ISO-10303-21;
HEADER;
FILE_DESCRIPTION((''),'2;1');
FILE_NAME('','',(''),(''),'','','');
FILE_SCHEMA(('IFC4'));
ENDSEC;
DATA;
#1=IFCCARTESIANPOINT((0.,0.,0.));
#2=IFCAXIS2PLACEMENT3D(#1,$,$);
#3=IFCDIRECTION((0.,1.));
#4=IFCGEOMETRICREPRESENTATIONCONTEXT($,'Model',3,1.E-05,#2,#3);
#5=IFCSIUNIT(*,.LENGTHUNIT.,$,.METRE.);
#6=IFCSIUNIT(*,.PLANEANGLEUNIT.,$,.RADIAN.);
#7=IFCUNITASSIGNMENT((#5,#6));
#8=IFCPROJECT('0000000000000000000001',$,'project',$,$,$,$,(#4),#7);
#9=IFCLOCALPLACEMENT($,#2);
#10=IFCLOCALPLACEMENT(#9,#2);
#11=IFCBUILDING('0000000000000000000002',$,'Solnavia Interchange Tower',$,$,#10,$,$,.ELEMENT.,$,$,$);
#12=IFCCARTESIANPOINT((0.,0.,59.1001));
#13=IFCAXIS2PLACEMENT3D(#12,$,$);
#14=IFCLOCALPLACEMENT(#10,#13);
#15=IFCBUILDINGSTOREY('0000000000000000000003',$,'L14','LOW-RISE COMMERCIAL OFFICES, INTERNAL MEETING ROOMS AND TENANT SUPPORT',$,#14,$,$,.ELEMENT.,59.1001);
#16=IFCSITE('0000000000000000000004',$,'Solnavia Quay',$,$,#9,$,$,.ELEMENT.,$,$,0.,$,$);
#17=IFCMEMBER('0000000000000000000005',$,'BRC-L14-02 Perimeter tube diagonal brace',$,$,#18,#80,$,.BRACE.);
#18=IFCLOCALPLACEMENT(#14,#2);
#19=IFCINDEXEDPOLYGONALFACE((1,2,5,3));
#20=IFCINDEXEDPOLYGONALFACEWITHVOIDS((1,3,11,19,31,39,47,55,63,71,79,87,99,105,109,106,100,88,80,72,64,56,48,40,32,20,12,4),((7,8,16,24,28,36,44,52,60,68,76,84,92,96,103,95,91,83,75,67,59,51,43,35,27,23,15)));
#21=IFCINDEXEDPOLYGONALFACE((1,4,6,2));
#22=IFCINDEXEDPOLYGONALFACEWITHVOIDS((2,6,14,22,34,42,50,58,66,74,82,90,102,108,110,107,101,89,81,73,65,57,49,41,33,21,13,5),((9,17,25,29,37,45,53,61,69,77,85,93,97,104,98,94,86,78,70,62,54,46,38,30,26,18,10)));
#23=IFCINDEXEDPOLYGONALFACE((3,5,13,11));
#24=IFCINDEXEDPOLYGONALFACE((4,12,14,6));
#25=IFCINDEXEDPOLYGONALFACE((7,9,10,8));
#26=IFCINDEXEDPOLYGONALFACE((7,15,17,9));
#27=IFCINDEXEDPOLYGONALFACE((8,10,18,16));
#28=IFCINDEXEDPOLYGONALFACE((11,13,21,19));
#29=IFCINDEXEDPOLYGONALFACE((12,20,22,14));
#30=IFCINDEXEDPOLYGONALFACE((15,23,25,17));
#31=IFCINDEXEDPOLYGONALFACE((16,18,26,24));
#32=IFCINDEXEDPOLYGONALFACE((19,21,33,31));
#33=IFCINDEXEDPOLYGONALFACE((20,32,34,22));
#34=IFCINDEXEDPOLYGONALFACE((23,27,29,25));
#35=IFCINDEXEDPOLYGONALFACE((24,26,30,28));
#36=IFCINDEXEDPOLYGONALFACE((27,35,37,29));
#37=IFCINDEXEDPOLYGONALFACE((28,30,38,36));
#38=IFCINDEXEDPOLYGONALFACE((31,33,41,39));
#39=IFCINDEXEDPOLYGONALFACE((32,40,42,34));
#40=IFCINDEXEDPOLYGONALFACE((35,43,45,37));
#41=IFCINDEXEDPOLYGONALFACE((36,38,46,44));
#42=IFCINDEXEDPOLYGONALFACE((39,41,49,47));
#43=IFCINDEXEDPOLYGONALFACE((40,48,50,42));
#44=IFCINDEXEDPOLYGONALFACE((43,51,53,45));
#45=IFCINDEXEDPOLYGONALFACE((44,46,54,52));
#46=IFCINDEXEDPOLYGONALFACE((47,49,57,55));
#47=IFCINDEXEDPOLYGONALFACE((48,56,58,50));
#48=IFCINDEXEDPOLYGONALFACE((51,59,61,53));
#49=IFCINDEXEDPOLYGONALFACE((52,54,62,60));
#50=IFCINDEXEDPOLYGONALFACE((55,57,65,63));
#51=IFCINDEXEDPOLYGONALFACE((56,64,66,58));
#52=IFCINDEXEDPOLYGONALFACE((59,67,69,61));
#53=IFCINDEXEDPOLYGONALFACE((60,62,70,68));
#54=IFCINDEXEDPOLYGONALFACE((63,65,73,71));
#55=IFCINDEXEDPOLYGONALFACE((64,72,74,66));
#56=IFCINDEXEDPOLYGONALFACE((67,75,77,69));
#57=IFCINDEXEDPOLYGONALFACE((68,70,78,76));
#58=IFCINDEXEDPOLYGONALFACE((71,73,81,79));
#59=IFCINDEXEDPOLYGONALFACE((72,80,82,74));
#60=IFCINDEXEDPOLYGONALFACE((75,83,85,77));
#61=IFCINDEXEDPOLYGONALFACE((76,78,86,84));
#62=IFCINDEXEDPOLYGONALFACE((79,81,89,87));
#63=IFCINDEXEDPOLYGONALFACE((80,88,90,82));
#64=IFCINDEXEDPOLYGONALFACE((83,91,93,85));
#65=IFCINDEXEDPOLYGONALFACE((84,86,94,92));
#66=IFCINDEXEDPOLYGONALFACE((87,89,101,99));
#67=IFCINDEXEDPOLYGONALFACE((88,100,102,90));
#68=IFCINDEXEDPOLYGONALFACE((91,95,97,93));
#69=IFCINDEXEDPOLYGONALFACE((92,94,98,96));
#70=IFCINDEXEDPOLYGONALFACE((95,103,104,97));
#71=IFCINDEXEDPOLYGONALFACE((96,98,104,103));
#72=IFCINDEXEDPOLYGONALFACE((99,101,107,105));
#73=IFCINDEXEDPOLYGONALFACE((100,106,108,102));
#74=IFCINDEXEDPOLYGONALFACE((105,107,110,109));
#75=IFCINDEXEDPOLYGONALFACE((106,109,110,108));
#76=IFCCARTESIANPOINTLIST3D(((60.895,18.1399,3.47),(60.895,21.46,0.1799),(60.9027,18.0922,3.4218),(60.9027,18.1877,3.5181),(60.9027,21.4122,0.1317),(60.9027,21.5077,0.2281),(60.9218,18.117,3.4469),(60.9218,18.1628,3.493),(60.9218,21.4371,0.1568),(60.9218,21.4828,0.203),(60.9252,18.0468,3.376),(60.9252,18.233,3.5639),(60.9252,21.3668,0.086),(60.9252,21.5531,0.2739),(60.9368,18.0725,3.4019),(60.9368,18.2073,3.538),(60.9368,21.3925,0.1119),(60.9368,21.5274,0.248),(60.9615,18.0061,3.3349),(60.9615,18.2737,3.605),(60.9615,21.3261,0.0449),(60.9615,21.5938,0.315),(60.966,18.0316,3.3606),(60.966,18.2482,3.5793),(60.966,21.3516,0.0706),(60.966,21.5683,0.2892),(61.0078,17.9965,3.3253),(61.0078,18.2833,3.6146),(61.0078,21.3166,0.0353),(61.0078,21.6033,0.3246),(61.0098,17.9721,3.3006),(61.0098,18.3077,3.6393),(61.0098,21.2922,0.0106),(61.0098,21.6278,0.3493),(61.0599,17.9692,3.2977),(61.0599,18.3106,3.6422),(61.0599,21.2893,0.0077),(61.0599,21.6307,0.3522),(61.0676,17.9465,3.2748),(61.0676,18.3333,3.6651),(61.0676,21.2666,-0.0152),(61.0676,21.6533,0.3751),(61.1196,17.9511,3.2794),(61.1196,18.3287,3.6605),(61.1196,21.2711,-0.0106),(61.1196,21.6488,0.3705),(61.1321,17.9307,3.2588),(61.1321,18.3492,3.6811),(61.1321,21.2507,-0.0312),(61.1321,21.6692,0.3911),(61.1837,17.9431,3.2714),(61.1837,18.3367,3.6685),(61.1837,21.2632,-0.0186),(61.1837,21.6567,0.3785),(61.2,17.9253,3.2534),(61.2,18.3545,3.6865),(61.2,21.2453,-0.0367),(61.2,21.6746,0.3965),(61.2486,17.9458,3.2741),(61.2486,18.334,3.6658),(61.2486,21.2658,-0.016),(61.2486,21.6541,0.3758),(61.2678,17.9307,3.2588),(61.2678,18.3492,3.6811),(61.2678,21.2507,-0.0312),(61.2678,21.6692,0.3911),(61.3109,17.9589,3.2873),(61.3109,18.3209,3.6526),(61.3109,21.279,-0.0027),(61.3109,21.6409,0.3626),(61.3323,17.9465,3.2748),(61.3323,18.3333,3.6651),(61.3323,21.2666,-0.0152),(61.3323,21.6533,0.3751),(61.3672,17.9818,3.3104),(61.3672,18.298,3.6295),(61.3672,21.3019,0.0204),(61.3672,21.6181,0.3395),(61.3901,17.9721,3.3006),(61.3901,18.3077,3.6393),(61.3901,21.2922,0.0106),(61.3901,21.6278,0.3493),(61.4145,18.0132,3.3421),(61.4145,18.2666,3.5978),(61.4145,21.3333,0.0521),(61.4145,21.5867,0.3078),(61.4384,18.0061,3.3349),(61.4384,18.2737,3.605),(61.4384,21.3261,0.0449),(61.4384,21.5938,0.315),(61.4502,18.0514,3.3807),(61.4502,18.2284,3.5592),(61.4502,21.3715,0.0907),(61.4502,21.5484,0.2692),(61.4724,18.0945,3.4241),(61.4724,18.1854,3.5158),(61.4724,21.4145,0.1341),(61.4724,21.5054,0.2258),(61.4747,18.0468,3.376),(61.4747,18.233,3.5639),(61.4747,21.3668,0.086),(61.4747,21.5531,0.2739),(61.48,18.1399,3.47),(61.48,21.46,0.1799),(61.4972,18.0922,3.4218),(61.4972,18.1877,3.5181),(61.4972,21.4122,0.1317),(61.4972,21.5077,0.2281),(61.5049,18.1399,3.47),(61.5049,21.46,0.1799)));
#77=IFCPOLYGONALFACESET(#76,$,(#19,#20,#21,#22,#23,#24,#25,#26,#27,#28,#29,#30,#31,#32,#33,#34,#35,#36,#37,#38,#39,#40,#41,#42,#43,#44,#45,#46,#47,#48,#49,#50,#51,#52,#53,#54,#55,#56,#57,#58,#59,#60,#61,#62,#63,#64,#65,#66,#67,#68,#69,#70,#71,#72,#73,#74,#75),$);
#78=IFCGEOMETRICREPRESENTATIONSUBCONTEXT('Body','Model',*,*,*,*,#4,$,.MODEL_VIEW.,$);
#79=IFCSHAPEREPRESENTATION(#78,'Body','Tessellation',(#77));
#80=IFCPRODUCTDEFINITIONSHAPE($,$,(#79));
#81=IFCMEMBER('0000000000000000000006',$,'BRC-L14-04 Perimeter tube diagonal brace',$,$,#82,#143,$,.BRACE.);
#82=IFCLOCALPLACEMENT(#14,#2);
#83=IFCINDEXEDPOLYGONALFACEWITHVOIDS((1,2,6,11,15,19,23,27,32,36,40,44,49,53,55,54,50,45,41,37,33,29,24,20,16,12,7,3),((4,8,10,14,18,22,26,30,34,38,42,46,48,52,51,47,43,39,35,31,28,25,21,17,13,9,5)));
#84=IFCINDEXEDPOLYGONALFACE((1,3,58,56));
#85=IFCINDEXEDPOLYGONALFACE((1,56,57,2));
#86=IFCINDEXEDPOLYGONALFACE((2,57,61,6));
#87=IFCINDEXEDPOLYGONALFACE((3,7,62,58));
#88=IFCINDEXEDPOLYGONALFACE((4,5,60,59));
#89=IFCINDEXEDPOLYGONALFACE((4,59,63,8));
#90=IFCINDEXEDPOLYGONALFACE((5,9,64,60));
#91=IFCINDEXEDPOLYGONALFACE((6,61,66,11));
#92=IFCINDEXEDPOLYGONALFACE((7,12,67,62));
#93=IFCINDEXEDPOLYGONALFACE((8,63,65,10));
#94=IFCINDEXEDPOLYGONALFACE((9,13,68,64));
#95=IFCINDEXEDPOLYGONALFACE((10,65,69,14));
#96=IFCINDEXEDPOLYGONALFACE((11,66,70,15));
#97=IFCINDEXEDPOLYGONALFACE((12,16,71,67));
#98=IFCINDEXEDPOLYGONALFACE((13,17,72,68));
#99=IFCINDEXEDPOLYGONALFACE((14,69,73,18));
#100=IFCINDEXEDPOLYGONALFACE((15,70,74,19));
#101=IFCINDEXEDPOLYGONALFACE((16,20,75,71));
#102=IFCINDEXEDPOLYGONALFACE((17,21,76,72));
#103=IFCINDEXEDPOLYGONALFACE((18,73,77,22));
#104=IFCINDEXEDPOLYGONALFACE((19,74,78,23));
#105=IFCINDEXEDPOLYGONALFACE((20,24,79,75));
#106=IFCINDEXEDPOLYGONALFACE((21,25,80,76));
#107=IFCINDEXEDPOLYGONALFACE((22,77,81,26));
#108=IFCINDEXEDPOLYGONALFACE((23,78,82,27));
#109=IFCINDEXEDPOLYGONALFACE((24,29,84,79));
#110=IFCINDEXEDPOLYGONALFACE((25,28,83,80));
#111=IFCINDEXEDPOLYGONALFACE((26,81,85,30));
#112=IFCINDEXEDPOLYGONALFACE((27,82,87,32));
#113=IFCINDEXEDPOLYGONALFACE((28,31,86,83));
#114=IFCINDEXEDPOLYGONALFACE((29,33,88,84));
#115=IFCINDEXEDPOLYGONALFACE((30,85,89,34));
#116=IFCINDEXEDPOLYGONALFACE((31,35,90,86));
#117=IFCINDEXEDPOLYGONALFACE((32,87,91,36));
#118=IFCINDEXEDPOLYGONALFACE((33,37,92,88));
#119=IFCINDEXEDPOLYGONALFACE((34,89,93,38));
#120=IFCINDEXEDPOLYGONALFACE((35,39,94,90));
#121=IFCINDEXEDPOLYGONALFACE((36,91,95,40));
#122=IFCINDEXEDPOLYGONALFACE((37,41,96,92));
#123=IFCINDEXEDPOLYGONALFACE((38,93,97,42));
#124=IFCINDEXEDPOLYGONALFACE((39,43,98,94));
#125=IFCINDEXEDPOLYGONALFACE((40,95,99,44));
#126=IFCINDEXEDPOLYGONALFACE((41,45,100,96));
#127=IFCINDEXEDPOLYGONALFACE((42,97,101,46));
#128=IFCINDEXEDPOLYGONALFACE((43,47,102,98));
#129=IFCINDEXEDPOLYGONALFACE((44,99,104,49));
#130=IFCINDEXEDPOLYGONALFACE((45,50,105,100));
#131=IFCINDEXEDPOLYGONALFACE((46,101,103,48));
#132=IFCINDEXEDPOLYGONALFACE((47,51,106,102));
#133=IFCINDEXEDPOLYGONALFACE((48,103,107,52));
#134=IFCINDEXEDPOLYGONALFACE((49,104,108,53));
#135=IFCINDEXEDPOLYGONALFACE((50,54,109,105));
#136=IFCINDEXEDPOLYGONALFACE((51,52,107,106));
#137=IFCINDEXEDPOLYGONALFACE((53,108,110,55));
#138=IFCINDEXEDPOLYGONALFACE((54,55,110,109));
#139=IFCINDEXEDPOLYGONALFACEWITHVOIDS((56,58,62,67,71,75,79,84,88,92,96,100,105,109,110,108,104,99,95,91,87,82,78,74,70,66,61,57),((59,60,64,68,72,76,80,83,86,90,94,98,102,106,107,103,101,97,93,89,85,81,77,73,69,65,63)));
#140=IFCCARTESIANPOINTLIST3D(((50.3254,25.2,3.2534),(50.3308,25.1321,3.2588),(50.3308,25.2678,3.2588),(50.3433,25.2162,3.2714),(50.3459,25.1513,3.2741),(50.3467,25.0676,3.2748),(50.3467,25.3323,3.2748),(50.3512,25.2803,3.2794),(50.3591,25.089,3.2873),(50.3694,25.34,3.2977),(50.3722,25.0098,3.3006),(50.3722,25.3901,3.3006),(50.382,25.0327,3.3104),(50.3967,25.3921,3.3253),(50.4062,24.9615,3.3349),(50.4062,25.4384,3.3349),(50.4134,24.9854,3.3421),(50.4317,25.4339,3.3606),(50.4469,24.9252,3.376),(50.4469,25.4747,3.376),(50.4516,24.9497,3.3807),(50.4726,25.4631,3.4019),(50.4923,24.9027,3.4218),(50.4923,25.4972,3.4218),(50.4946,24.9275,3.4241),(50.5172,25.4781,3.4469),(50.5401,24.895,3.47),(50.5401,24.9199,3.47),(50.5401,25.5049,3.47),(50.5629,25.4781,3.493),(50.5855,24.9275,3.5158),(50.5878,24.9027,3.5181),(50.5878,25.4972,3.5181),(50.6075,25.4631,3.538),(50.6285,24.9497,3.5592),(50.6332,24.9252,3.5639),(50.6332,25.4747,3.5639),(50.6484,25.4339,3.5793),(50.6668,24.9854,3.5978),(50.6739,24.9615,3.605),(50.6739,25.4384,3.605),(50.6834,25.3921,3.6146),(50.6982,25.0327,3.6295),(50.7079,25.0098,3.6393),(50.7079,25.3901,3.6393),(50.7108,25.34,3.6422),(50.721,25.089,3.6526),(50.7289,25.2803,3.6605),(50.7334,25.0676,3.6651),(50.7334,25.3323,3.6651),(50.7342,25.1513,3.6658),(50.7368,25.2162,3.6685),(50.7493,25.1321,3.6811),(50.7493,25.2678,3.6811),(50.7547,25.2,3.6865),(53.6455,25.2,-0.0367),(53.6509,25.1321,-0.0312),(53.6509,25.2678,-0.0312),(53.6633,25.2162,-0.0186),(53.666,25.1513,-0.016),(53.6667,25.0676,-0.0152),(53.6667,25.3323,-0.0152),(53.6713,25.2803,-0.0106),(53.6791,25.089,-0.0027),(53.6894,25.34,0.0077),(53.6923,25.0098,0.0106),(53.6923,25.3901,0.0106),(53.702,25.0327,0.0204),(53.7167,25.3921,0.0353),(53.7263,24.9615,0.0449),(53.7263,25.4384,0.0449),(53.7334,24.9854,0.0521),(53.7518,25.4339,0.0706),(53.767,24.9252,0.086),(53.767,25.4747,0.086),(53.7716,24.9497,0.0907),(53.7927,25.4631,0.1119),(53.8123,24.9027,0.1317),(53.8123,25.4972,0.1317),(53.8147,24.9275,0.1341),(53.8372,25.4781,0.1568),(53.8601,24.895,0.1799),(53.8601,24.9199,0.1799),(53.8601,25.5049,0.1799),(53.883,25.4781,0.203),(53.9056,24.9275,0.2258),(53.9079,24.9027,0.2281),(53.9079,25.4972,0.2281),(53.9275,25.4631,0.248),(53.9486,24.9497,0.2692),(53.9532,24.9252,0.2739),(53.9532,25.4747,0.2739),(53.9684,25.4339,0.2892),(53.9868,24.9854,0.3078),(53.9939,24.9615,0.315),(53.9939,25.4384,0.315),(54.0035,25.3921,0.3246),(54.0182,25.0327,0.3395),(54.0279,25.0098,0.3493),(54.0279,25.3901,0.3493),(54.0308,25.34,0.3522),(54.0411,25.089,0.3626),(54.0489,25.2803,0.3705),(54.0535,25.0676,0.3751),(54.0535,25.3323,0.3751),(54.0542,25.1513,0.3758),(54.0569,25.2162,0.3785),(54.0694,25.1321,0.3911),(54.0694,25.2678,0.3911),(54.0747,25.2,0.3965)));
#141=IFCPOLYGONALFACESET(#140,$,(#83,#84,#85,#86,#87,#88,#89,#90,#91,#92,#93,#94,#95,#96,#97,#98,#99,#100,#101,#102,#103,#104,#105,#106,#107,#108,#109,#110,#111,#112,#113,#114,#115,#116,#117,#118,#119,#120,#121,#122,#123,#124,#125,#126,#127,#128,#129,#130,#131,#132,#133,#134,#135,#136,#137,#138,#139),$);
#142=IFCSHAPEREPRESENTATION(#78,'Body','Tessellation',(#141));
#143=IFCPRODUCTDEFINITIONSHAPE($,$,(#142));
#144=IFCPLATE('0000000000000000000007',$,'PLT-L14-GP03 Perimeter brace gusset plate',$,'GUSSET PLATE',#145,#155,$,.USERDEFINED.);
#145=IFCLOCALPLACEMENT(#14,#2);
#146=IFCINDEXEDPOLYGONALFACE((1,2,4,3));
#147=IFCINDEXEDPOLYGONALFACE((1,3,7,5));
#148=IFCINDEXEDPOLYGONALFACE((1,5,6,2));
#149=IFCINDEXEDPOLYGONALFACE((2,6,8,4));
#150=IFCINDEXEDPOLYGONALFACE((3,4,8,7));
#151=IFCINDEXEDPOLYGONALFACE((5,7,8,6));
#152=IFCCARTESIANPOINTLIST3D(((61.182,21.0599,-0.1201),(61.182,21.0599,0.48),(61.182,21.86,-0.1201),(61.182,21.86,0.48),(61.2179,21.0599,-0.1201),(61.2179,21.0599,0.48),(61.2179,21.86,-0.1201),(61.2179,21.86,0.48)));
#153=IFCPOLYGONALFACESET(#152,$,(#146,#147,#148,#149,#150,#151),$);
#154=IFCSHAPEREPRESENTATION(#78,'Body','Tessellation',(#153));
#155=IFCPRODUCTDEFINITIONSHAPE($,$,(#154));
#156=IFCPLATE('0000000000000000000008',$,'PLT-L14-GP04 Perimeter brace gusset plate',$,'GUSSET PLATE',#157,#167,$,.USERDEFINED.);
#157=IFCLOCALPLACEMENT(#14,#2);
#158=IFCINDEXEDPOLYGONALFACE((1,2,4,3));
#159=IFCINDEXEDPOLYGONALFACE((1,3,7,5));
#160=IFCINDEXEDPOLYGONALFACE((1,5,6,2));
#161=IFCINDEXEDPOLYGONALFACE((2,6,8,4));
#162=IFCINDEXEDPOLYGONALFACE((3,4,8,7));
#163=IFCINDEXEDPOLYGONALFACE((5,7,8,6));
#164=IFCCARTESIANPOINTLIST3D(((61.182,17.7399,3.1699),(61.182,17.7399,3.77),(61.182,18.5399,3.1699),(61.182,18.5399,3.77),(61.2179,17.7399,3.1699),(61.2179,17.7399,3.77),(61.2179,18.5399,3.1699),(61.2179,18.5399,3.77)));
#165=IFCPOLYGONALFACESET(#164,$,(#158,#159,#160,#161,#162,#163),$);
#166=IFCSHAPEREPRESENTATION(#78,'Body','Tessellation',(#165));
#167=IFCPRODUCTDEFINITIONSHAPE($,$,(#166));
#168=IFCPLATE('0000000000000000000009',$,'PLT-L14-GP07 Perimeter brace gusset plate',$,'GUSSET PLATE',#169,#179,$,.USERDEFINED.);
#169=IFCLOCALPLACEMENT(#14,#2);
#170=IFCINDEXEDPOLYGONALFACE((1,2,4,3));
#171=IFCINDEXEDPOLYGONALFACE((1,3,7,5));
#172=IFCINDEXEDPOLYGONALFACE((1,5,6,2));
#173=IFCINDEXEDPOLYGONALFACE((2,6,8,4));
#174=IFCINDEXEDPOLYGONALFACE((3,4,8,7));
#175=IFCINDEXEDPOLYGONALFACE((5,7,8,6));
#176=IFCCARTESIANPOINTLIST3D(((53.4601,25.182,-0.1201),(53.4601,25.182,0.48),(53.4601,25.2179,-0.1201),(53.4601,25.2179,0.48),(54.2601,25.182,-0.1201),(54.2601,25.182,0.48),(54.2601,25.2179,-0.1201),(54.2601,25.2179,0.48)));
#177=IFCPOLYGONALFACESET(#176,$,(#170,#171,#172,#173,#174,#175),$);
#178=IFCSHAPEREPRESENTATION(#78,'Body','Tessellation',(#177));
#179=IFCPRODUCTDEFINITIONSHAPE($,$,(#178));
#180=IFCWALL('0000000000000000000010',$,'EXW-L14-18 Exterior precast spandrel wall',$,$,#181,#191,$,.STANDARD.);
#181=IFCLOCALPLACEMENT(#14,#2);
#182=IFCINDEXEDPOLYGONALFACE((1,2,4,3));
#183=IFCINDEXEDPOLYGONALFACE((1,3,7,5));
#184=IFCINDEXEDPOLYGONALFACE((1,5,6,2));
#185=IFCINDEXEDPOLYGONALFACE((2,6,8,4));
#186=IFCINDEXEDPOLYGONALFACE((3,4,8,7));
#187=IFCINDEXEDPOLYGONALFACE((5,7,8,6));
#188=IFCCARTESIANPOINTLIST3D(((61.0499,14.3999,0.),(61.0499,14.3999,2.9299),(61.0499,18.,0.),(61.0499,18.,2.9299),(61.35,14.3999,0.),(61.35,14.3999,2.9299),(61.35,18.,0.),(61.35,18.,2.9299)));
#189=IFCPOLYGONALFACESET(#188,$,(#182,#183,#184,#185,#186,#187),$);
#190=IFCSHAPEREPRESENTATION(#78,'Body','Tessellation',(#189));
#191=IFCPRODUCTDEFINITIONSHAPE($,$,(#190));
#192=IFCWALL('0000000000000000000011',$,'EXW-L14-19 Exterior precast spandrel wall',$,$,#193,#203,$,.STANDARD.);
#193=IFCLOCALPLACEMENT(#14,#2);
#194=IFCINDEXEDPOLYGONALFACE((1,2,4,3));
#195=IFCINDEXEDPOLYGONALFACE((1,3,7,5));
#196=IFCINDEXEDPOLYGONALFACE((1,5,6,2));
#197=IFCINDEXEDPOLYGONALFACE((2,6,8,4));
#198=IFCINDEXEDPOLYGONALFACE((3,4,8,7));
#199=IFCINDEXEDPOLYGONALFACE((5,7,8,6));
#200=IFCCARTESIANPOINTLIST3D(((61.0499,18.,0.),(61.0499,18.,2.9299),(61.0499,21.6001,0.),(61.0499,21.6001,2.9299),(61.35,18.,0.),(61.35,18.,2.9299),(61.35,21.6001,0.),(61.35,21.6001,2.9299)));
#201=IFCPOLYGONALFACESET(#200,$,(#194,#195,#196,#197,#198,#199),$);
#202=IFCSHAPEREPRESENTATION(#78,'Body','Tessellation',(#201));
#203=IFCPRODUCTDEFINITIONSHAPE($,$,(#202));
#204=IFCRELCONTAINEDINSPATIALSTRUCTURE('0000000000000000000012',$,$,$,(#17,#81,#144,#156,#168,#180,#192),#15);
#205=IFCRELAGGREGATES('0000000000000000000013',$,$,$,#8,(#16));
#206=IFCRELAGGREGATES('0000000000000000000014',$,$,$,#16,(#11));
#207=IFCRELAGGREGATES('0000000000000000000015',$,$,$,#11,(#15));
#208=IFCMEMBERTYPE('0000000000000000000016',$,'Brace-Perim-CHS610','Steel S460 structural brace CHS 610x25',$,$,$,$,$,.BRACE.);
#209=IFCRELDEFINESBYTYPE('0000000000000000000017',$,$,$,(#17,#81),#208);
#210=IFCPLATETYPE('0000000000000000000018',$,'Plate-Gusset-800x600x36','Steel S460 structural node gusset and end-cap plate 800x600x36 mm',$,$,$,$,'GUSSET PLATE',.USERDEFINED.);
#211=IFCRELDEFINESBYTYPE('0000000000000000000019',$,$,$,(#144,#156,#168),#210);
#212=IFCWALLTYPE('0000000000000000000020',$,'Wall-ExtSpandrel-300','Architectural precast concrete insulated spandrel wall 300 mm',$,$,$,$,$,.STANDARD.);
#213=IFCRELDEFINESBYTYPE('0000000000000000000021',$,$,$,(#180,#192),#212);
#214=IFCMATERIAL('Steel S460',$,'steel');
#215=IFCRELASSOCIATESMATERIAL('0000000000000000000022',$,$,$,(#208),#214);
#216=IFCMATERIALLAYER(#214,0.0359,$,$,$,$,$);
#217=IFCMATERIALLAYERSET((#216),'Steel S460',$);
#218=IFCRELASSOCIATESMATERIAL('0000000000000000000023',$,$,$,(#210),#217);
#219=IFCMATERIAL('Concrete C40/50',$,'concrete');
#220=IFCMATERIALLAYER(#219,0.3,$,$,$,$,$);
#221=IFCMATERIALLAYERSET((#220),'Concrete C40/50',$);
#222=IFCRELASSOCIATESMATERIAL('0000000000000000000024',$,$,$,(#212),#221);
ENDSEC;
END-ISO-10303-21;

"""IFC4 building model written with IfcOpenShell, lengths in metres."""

from ifc_helpers import new_model, si_unit, direction, frame, frame_2d, origin, origin_2d, place, context, subcontext, project, spatial, rectangle, hollow_circle, extrude, material, layer, layer_set, material_profile, profile_set, type_object, element, save


model = new_model("IFC4")

# Units and contexts
model_context = context("Model", 3, precision=1e-05, world=origin(), true_north=direction((0.0, 1.0)))
body_context = subcontext(model_context, "Body", "Model", "MODEL_VIEW")
ifc_project = project(units=[si_unit("LENGTHUNIT", "METRE"), si_unit("PLANEANGLEUNIT", "RADIAN")], contexts=[model_context])

# Site, building, storey
site_placement = place(None, origin())
site = spatial("IfcSite", under=ifc_project, at=site_placement, Name="Solnavia Quay", CompositionType="ELEMENT", RefElevation=0.0)
building_placement = place(site_placement, origin())
building = spatial("IfcBuilding", under=site, at=building_placement, Name="Solnavia Interchange Tower", CompositionType="ELEMENT")
storey_placement = place(building_placement, frame((0.0, 0.0, 59.1001)))
storey = spatial("IfcBuildingStorey", under=building, at=storey_placement, Name="L14", Description="LOW-RISE COMMERCIAL OFFICES, INTERNAL MEETING ROOMS AND TENANT SUPPORT", CompositionType="ELEMENT", Elevation=59.1001)

# Members
ifc_material_1 = material(Name="Steel S460", Category="steel")
ifc_material_profile_1 = material_profile(ifc_material_1, hollow_circle(Radius=0.3049, WallThickness=0.0249, at=origin_2d()), Name="CHS 610x25")
ifc_profile_set_1 = profile_set([ifc_material_profile_1], Name="Steel S460")
member_type = type_object("IfcMemberType", Name="Brace-Perim-CHS610", Description="Steel S460 structural brace CHS 610x25", PredefinedType="BRACE", material=ifc_profile_set_1)
for number, where, z_axis, x_axis, name in (
    (1, (61.2, 21.46, 0.1799), (0.0, -0.710312, 0.703887), (1.0, 0.0, 0.0), "BRC-L14-02 Perimeter tube diagonal brace"),
    (2, (53.8601, 25.2, 0.1799), (-0.710312, 0.0, 0.703887), (0.0, -1.0, 0.0), "BRC-L14-04 Perimeter tube diagonal brace"),
):
    element("IfcMember", number, at=place(storey_placement, frame(where, z_axis=z_axis, x_axis=x_axis)), inside=storey, type_object=member_type, Name=name, PredefinedType="BRACE", context=body_context, shape_type="SweptSolid", body=[
        extrude(hollow_circle(Radius=0.3049, WallThickness=0.0249, at=origin_2d()), origin(), (0.0, 0.0, 1.0), 4.6741),
    ])

# Plates
ifc_layer_1 = layer(ifc_material_1, 0.0359)
ifc_layer_set_1 = layer_set([ifc_layer_1], Name="Steel S460")
plate_type = type_object("IfcPlateType", Name="Plate-Gusset-800x600x36", Description="Steel S460 structural node gusset and end-cap plate 800x600x36 mm", ElementType="GUSSET PLATE", PredefinedType="USERDEFINED", material=ifc_layer_set_1)
for number, where, z_axis, x_axis, name in (
    (3, (61.2, 21.46, -0.1201), (0.0, 0.0, 1.0), (0.0, -1.0, 0.0), "PLT-L14-GP03 Perimeter brace gusset plate"),
    (4, (61.2, 18.1399, 3.1699), (0.0, 0.0, 1.0), (0.0, -1.0, 0.0), "PLT-L14-GP04 Perimeter brace gusset plate"),
    (5, (53.8601, 25.2, -0.1201), (0.0, 0.0, 1.0), (-1.0, 0.0, 0.0), "PLT-L14-GP07 Perimeter brace gusset plate"),
):
    element("IfcPlate", number, at=place(storey_placement, frame(where, z_axis=z_axis, x_axis=x_axis)), inside=storey, type_object=plate_type, Name=name, ObjectType="GUSSET PLATE", PredefinedType="USERDEFINED", context=body_context, shape_type="SweptSolid", body=[
        extrude(rectangle(XDim=0.8, YDim=0.0359, at=origin_2d()), origin(), (0.0, 0.0, 1.0), 0.6001),
    ])

# Walls
ifc_material_2 = material(Name="Concrete C40/50", Category="concrete")
ifc_layer_2 = layer(ifc_material_2, 0.3)
ifc_layer_set_2 = layer_set([ifc_layer_2], Name="Concrete C40/50")
wall_type_1 = type_object("IfcWallType", Name="Wall-ExtSpandrel-300", Description="Architectural precast concrete insulated spandrel wall 300 mm", PredefinedType="STANDARD", material=ifc_layer_set_2)
for number, where, z_axis, x_axis, name in (
    (6, (61.2, 18.0, 0.0), (0.0, 0.0, 1.0), (0.0, -1.0, 0.0), "EXW-L14-18 Exterior precast spandrel wall"),
    (7, (61.2, 21.6001, 0.0), (0.0, 0.0, 1.0), (0.0, -1.0, 0.0), "EXW-L14-19 Exterior precast spandrel wall"),
):
    element("IfcWall", number, at=place(storey_placement, frame(where, z_axis=z_axis, x_axis=x_axis)), inside=storey, type_object=wall_type_1, Name=name, PredefinedType="STANDARD", context=body_context, shape_type="SweptSolid", body=[
        extrude(rectangle(XDim=3.6001, YDim=0.3, at=frame_2d((1.8, 0.0))), origin(), (0.0, 0.0, 1.0), 2.9299),
    ])

save(model, "model.ifc")
